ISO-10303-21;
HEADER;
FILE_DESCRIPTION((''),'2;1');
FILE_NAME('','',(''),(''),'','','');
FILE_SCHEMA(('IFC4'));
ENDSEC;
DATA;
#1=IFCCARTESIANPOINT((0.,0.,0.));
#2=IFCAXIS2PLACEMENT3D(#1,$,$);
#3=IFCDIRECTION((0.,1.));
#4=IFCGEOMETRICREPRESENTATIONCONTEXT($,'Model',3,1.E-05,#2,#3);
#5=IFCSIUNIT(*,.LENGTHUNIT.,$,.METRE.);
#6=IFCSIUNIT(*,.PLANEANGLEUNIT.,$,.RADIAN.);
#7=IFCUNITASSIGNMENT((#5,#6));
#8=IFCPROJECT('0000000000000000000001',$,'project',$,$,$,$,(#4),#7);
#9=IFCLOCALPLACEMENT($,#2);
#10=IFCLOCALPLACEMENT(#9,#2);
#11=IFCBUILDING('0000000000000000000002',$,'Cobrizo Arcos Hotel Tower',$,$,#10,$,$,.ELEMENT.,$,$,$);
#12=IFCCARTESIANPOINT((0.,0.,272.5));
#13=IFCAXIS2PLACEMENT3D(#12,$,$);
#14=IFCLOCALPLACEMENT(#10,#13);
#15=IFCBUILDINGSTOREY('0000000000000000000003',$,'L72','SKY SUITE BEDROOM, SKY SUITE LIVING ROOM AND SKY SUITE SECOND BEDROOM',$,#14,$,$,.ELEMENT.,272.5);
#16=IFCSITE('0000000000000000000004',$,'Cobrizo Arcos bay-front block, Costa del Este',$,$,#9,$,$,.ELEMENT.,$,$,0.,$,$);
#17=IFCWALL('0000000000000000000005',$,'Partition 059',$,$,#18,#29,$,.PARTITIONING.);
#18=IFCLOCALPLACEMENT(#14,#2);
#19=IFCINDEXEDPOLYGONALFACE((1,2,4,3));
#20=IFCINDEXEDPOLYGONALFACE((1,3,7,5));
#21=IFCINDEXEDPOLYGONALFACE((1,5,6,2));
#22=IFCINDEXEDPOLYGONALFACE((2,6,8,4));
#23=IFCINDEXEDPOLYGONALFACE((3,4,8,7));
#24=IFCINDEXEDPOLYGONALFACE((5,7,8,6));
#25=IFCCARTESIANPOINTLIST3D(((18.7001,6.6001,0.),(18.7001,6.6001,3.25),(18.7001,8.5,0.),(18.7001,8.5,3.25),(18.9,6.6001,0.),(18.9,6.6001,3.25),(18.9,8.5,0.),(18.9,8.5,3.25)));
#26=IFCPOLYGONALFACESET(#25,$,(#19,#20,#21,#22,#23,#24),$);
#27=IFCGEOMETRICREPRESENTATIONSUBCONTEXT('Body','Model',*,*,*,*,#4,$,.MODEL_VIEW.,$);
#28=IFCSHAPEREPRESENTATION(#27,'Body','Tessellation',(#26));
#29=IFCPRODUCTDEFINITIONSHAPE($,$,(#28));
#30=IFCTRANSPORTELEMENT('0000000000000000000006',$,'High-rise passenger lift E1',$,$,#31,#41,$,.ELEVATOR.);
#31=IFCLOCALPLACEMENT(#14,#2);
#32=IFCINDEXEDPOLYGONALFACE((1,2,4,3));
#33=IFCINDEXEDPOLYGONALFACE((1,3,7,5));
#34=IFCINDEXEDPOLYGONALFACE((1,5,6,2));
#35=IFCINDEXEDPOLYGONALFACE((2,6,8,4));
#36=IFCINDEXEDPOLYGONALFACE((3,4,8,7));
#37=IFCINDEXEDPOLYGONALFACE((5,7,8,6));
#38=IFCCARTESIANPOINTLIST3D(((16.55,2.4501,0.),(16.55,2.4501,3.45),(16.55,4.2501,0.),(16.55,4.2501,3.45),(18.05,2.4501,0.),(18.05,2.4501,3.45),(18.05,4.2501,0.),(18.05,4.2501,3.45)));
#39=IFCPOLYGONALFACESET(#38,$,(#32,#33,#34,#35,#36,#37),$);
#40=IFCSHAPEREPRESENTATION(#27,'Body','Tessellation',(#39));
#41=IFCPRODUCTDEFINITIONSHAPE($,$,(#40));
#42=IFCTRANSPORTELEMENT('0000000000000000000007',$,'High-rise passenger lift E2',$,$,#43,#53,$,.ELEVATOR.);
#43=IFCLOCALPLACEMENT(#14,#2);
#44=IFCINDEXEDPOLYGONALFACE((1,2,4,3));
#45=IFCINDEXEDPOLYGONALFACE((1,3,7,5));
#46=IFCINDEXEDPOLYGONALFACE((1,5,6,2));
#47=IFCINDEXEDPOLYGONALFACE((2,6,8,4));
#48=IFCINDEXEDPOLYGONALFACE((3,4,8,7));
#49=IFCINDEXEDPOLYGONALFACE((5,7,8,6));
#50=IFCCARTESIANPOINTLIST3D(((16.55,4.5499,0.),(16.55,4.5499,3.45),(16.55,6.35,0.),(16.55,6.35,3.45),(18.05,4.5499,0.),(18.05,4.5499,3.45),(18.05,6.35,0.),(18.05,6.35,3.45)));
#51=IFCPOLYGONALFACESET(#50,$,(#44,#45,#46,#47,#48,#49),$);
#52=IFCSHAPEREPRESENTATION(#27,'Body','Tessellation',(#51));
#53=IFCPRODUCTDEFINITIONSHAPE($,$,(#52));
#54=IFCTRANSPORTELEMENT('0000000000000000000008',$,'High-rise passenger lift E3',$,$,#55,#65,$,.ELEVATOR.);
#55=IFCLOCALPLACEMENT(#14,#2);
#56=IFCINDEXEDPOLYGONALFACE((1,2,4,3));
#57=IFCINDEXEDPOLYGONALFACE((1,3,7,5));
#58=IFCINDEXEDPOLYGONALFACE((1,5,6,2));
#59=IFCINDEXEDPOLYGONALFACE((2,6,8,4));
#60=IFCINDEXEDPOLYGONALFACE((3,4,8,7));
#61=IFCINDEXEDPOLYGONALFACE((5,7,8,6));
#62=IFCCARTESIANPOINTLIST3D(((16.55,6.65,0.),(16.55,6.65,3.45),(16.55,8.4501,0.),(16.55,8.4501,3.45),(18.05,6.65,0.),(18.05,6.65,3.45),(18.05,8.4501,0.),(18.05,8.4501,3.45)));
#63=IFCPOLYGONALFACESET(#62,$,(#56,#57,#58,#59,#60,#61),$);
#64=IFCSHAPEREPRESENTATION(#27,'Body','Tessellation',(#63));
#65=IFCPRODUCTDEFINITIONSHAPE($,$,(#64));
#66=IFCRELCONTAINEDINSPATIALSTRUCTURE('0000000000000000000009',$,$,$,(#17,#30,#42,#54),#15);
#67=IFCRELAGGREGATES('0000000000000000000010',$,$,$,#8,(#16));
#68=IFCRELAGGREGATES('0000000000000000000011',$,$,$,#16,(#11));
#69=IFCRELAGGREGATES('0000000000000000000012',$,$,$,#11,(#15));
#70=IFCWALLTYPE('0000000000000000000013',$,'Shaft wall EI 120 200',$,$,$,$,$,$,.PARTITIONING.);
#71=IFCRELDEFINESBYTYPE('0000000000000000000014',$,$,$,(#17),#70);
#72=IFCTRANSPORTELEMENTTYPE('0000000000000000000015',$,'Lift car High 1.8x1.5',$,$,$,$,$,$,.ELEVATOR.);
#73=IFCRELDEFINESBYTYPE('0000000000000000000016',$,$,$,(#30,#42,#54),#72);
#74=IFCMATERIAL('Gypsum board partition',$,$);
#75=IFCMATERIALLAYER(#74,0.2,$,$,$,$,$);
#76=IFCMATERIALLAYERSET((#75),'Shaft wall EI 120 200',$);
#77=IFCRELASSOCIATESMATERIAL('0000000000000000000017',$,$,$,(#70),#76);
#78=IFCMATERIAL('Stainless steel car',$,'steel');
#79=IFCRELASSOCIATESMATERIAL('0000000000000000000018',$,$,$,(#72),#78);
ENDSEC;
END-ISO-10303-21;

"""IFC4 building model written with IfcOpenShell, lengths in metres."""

from ifc_helpers import new_model, si_unit, direction, frame, frame_2d, origin, origin_2d, place, context, subcontext, project, spatial, rectangle, extrude, material, layer, layer_set, type_object, element, save


model = new_model("IFC4")

# Units and contexts
model_context = context("Model", 3, precision=1e-05, world=origin(), true_north=direction((0.0, 1.0)))
body_context = subcontext(model_context, "Body", "Model", "MODEL_VIEW")
ifc_project = project(units=[si_unit("LENGTHUNIT", "METRE"), si_unit("PLANEANGLEUNIT", "RADIAN")], contexts=[model_context])

# Site, building, storey
site_placement = place(None, origin())
site = spatial("IfcSite", under=ifc_project, at=site_placement, Name="Cobrizo Arcos bay-front block, Costa del Este", CompositionType="ELEMENT", RefElevation=0.0)
building_placement = place(site_placement, origin())
building = spatial("IfcBuilding", under=site, at=building_placement, Name="Cobrizo Arcos Hotel Tower", CompositionType="ELEMENT")
storey_placement = place(building_placement, frame((0.0, 0.0, 272.5)))
storey = spatial("IfcBuildingStorey", under=building, at=storey_placement, Name="L72", Description="SKY SUITE BEDROOM, SKY SUITE LIVING ROOM AND SKY SUITE SECOND BEDROOM", CompositionType="ELEMENT", Elevation=272.5)

# Shared definitions
ifc_material_1 = material(Name="Gypsum board partition")

# Shared definitions
ifc_layer_1 = layer(ifc_material_1, 0.2)
ifc_layer_set_1 = layer_set([ifc_layer_1], Name="Shaft wall EI 120 200")
wall_type_1 = type_object("IfcWallType", Name="Shaft wall EI 120 200", PredefinedType="PARTITIONING", material=ifc_layer_set_1)

# Wall
wall_1_placement = place(storey_placement, frame((18.8, 6.6001, 0.0), z_axis=(0.0, 0.0, 1.0), x_axis=(0.0, 1.0, 0.0)))
element("IfcWall", 1, at=wall_1_placement, inside=storey, type_object=wall_type_1, Name="Partition 059", PredefinedType="PARTITIONING", context=body_context, shape_type="SweptSolid", body=[
    extrude(rectangle(XDim=1.8999, YDim=0.2, at=frame_2d((0.95, 0.0))), origin(), (0.0, 0.0, 1.0), 3.25),
])

# Transport elements
ifc_material_2 = material(Name="Stainless steel car", Category="steel")
transport_element_type = type_object("IfcTransportElementType", Name="Lift car High 1.8x1.5", PredefinedType="ELEVATOR", material=ifc_material_2)
for number, where, z_axis, x_axis, name in (
    (2, (17.3, 3.3501, 0.0), (0.0, 0.0, 1.0), (1.0, 0.0, 0.0), "High-rise passenger lift E1"),
    (3, (17.3, 5.45, 0.0), (0.0, 0.0, 1.0), (1.0, 0.0, 0.0), "High-rise passenger lift E2"),
    (4, (17.3, 7.55, 0.0), (0.0, 0.0, 1.0), (1.0, 0.0, 0.0), "High-rise passenger lift E3"),
):
    element("IfcTransportElement", number, at=place(storey_placement, frame(where, z_axis=z_axis, x_axis=x_axis)), inside=storey, type_object=transport_element_type, Name=name, PredefinedType="ELEVATOR", context=body_context, shape_type="SweptSolid", body=[
        extrude(rectangle(XDim=1.5, YDim=1.8, at=origin_2d()), origin(), (0.0, 0.0, 1.0), 3.45),
    ])

save(model, "model.ifc")
